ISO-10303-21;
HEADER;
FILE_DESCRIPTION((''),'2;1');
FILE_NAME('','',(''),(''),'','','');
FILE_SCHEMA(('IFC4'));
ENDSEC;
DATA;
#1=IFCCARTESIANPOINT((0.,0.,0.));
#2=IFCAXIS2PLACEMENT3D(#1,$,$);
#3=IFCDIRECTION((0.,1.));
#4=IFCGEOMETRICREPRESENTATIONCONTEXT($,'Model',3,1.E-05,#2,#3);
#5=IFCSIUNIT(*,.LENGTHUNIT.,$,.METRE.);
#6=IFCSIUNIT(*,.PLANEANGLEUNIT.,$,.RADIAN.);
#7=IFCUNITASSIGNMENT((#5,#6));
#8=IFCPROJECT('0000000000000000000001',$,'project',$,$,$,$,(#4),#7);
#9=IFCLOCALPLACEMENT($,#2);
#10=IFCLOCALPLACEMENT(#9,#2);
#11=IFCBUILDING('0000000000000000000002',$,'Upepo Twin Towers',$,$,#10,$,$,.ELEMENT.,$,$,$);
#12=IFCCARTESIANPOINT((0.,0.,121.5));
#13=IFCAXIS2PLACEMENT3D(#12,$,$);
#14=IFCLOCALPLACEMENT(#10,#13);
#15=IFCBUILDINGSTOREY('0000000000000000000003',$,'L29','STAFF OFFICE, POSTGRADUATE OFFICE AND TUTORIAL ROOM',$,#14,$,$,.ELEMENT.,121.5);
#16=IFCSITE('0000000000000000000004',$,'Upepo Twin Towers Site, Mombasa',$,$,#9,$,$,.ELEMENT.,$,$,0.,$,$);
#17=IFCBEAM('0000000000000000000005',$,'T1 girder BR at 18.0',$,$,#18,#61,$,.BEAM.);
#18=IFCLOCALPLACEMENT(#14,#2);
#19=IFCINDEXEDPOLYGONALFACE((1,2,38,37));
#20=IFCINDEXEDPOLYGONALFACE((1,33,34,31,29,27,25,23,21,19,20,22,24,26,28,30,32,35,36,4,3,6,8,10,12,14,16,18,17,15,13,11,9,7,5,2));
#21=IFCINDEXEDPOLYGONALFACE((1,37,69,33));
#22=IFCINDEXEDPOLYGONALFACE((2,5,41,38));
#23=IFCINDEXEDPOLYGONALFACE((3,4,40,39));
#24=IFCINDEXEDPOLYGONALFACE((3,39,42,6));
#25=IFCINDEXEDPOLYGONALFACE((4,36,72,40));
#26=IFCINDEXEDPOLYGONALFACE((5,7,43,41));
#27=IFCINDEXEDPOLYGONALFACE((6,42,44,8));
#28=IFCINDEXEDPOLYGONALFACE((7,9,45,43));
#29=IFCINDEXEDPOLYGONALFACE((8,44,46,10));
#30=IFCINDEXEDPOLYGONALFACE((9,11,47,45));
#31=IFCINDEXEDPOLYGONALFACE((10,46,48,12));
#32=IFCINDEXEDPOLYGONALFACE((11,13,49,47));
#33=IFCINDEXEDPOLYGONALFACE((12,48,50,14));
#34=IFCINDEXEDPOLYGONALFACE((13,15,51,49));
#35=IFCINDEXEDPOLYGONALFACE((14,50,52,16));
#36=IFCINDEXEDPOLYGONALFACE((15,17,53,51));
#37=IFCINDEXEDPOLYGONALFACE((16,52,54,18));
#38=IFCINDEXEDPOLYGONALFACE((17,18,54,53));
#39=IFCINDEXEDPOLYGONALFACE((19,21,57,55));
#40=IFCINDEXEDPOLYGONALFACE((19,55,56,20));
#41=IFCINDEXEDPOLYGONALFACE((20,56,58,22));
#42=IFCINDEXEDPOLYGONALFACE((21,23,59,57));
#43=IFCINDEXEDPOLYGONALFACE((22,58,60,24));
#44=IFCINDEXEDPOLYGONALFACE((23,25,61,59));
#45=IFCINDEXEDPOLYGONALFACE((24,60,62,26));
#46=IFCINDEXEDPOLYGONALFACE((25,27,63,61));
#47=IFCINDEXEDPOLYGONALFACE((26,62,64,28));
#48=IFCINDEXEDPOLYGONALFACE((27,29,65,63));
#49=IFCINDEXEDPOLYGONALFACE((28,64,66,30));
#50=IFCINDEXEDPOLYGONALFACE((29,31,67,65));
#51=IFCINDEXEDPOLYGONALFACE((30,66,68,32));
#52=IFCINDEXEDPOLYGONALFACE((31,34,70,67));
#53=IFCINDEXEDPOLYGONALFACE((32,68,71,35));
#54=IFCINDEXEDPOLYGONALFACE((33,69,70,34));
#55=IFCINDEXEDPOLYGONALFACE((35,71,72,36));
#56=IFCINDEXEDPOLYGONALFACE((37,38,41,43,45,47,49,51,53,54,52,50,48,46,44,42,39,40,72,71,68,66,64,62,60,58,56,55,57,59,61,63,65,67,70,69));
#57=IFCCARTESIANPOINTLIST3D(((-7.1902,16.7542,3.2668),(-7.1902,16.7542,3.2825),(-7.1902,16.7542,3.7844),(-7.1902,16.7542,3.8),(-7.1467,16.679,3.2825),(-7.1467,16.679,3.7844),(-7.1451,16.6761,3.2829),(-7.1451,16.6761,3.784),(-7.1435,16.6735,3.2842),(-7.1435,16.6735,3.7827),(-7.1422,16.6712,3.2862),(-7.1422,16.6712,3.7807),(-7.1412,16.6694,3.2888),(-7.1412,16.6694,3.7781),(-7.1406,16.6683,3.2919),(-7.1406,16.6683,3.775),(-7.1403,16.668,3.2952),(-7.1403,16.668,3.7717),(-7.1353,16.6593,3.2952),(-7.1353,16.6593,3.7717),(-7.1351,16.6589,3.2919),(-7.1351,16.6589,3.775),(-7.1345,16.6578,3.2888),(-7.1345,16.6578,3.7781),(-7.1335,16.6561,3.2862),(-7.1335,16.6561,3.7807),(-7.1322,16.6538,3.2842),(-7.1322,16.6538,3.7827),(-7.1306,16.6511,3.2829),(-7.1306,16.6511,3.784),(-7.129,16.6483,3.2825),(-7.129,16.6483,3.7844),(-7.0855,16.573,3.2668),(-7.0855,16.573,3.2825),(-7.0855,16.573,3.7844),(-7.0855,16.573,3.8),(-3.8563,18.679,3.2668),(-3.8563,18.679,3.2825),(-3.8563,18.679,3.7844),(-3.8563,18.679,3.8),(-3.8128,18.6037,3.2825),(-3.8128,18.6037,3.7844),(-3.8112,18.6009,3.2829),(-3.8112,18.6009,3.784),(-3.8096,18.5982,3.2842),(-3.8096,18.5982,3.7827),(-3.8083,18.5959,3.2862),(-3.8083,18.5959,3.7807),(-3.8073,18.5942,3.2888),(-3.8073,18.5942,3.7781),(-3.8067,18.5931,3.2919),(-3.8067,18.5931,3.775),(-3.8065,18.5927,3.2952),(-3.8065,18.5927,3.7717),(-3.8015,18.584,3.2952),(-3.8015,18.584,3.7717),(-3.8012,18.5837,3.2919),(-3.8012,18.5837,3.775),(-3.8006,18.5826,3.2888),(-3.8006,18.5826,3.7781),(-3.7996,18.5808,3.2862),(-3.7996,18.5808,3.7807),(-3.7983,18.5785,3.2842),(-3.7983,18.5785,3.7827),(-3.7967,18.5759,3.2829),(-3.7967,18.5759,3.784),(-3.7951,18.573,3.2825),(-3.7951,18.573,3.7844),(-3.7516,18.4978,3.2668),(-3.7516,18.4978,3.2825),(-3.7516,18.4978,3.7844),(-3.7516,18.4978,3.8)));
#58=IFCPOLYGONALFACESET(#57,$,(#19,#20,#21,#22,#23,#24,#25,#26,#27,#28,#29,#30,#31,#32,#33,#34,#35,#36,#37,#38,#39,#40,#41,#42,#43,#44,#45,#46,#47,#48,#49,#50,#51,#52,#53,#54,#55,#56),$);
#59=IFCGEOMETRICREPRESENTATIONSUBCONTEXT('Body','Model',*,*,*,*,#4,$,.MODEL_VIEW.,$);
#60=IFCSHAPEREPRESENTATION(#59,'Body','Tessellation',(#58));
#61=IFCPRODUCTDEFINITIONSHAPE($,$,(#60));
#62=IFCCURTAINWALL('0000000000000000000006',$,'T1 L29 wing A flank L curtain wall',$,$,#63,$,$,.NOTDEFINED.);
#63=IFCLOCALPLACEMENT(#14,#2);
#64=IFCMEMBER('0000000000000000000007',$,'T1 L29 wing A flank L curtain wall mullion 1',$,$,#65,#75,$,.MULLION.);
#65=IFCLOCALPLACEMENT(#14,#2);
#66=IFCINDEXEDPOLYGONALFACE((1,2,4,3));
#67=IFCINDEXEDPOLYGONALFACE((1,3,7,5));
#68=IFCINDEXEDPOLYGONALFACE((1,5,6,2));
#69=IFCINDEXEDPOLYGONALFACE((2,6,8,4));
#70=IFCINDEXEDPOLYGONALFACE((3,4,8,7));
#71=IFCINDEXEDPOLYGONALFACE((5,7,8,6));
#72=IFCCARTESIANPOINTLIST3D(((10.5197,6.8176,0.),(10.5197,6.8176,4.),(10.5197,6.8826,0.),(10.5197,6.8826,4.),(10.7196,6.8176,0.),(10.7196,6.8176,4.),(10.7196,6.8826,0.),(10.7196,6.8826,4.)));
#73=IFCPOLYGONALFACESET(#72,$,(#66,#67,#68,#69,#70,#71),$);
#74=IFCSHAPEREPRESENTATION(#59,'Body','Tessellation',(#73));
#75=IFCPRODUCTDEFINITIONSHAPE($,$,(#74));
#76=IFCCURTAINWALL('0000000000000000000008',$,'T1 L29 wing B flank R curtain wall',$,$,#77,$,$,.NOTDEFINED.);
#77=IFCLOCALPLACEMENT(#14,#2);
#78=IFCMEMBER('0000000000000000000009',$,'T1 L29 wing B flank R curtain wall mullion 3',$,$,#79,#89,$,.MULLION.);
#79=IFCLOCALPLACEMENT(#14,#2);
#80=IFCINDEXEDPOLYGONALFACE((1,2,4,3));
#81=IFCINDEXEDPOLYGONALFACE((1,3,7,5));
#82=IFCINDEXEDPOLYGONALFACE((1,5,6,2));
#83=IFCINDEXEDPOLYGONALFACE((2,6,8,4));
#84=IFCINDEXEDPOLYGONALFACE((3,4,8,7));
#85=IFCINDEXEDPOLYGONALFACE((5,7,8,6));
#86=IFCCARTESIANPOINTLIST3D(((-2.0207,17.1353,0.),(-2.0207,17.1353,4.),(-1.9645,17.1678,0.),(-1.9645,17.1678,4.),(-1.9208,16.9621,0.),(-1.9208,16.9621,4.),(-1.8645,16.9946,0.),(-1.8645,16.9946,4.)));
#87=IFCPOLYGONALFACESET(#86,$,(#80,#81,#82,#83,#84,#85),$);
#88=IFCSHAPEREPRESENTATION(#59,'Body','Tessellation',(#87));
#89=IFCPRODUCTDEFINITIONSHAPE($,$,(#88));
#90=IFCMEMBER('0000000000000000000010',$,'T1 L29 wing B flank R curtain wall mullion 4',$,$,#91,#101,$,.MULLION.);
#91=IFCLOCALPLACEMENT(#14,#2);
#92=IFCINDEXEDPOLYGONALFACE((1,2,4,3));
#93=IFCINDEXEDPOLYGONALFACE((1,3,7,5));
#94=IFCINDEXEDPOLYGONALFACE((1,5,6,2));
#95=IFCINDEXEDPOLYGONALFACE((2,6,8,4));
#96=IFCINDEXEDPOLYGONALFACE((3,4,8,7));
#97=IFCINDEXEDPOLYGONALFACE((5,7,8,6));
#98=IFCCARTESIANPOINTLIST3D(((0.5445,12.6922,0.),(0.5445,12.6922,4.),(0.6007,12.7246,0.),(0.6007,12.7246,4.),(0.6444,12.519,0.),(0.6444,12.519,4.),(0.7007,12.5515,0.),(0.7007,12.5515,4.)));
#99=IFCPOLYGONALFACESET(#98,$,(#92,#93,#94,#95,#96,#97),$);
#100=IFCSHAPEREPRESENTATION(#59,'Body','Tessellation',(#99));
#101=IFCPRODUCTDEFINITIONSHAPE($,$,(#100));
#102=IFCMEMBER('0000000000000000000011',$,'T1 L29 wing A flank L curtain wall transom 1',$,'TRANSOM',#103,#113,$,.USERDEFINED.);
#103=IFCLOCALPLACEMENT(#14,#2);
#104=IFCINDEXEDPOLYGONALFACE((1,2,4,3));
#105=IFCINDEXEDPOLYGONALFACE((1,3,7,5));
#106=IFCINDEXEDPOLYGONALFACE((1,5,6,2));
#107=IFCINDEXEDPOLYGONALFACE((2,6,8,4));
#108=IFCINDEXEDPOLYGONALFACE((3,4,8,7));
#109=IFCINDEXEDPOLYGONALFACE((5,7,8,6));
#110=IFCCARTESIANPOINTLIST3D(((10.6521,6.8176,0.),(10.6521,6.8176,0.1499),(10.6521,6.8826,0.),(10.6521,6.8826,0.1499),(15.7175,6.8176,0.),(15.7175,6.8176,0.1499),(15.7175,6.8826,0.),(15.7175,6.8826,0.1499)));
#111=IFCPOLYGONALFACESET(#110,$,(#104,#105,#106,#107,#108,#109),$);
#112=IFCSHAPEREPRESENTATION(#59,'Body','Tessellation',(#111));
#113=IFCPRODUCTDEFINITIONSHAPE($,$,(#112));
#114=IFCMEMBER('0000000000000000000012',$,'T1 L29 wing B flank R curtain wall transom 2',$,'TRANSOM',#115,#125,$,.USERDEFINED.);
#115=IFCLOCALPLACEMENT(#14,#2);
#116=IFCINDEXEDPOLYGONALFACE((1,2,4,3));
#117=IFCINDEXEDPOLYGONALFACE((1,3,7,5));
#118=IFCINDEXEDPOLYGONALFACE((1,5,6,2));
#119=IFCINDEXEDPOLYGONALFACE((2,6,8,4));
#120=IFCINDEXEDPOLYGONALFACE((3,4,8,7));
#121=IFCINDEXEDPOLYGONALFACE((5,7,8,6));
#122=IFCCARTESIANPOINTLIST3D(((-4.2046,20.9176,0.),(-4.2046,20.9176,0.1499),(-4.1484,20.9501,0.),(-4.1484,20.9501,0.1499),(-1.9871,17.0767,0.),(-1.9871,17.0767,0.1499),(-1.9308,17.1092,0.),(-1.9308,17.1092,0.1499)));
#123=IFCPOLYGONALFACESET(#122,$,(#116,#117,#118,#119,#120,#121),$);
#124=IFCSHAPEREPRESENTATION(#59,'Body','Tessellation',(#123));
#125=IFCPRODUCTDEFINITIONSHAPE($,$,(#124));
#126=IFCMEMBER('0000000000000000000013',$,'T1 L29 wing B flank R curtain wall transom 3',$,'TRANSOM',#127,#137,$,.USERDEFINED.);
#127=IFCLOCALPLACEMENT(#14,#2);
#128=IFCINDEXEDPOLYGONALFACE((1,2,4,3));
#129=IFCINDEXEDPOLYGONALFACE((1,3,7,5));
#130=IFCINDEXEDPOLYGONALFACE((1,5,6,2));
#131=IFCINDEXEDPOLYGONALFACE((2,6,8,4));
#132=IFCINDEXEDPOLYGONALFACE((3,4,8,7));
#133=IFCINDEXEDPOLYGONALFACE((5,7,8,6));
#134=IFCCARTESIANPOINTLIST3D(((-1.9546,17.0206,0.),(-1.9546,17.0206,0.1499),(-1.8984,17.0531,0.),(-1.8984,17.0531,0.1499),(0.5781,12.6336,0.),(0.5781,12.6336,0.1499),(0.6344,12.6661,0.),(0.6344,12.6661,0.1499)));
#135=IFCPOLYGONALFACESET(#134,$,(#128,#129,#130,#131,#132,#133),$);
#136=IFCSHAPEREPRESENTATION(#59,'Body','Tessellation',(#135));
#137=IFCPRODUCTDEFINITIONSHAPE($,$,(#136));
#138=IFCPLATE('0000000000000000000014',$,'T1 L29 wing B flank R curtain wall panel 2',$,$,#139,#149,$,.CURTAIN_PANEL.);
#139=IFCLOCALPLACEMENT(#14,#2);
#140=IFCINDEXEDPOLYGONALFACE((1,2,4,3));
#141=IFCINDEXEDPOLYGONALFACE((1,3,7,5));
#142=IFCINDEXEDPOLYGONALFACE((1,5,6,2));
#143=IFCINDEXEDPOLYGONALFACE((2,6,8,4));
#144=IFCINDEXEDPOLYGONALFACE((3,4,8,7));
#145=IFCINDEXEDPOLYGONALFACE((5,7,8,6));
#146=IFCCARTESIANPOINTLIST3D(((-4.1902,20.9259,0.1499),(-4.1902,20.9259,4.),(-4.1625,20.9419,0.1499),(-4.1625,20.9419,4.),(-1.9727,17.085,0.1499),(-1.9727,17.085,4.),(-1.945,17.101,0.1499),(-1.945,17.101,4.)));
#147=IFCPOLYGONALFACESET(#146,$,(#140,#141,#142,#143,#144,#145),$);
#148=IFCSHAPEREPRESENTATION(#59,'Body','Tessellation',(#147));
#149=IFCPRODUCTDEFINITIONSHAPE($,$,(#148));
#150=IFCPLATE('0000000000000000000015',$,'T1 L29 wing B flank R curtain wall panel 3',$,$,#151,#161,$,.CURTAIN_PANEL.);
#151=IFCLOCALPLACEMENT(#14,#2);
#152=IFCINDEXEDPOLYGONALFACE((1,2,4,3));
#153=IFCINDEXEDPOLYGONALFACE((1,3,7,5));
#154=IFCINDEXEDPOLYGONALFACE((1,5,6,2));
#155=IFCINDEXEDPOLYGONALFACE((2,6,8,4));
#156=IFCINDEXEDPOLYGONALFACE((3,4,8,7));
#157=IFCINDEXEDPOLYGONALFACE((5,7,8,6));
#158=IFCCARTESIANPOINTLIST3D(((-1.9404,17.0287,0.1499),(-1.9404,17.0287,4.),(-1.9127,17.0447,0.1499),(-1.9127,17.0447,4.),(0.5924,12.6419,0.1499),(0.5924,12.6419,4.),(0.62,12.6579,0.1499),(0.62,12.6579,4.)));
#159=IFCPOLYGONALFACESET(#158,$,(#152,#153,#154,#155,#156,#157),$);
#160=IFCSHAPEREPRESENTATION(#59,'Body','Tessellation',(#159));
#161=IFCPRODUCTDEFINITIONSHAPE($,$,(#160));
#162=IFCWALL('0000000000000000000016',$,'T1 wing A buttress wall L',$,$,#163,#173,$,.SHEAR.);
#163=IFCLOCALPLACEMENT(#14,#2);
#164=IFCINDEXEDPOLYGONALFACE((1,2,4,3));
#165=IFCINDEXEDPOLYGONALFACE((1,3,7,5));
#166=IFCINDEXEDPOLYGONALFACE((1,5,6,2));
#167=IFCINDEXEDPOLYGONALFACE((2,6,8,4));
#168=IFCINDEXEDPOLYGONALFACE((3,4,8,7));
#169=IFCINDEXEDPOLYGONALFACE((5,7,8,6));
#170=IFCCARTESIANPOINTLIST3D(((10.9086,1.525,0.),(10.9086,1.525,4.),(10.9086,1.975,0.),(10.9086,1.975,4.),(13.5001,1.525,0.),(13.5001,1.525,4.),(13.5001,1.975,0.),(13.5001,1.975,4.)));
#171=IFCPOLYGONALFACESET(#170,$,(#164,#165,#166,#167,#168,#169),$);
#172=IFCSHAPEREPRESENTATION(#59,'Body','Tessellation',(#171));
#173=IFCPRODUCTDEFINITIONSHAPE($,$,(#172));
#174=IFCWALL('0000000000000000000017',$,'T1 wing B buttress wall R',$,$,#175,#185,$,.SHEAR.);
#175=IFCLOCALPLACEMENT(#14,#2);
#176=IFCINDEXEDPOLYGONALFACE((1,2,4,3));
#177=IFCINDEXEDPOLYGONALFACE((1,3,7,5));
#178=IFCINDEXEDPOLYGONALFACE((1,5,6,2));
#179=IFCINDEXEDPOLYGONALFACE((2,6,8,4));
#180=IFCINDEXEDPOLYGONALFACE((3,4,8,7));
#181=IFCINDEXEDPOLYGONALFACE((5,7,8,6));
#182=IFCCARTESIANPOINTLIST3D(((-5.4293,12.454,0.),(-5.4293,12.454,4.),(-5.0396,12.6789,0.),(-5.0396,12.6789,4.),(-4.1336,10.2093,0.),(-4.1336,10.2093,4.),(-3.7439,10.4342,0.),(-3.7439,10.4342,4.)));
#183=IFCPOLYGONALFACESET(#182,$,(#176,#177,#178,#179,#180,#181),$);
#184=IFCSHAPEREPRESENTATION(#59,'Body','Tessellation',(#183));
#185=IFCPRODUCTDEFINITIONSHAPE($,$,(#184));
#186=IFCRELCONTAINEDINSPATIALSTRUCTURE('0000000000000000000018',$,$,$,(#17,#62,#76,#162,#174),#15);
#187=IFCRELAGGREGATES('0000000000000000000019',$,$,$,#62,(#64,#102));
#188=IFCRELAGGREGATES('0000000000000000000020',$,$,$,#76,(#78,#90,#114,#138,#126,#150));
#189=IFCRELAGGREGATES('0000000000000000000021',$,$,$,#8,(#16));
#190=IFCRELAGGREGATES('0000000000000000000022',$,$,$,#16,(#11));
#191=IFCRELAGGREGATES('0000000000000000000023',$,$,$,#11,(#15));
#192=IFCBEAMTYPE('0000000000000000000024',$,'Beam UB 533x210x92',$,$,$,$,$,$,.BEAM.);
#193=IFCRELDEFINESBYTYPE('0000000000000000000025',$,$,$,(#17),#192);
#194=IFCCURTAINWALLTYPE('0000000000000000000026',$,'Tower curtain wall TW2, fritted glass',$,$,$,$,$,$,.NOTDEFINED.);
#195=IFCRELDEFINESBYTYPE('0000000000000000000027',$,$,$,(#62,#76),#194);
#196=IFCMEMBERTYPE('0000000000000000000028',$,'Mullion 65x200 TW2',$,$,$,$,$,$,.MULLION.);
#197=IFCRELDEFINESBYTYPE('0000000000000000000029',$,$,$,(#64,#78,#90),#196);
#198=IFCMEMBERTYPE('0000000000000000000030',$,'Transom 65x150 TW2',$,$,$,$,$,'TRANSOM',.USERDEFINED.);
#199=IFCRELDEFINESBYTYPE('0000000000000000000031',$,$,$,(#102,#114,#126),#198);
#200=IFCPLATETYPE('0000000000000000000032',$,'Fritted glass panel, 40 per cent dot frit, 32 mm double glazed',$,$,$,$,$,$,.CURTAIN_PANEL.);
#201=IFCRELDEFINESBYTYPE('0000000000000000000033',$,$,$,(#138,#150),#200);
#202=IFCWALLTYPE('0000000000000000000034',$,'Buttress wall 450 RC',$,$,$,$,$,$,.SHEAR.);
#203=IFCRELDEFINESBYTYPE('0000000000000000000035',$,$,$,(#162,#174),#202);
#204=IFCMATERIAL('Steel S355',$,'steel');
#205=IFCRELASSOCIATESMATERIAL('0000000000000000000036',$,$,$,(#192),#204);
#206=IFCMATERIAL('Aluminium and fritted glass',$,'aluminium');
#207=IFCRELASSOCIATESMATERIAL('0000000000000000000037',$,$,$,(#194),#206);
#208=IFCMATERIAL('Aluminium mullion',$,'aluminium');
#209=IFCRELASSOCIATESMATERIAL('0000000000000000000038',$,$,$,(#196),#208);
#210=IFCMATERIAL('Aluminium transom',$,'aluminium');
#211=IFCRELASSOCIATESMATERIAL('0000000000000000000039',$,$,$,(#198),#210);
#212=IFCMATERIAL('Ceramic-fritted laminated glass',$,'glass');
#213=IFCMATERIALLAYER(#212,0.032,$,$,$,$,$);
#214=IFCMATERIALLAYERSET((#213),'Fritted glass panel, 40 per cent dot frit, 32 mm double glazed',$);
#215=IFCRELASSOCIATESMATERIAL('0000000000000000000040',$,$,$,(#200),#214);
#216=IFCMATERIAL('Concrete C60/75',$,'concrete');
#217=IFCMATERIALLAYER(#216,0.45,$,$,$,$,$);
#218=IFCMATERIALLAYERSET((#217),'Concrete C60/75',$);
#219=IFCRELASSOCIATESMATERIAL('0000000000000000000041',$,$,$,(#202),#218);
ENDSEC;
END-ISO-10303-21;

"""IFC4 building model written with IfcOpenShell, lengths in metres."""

from ifc_helpers import new_model, si_unit, direction, frame, frame_2d, origin, origin_2d, place, context, subcontext, project, spatial, rectangle, i_section, extrude, material, layer, layer_set, material_profile, profile_set, type_object, element, aggregate, save


model = new_model("IFC4")

# Units and contexts
model_context = context("Model", 3, precision=1e-05, world=origin(), true_north=direction((0.0, 1.0)))
body_context = subcontext(model_context, "Body", "Model", "MODEL_VIEW")
ifc_project = project(units=[si_unit("LENGTHUNIT", "METRE"), si_unit("PLANEANGLEUNIT", "RADIAN")], contexts=[model_context])

# Site, building, storey
site_placement = place(None, origin())
site = spatial("IfcSite", under=ifc_project, at=site_placement, Name="Upepo Twin Towers Site, Mombasa", CompositionType="ELEMENT", RefElevation=0.0)
building_placement = place(site_placement, origin())
building = spatial("IfcBuilding", under=site, at=building_placement, Name="Upepo Twin Towers", CompositionType="ELEMENT")
storey_placement = place(building_placement, frame((0.0, 0.0, 121.5)))
storey = spatial("IfcBuildingStorey", under=building, at=storey_placement, Name="L29", Description="STAFF OFFICE, POSTGRADUATE OFFICE AND TUTORIAL ROOM", CompositionType="ELEMENT", Elevation=121.5)

# Beam
ifc_material_1 = material(Name="Steel S355", Category="steel")
ifc_material_profile_1 = material_profile(ifc_material_1, i_section(OverallWidth=0.2092, OverallDepth=0.5332, WebThickness=0.01, FlangeThickness=0.0156, FilletRadius=0.0127, at=origin_2d()), Name="UB 533x210x92")
ifc_profile_set_1 = profile_set([ifc_material_profile_1], Name="Steel S355")
beam_type_1 = type_object("IfcBeamType", Name="Beam UB 533x210x92", PredefinedType="BEAM", material=ifc_profile_set_1)
beam_1_placement = place(storey_placement, frame((-3.804, 18.5884, 3.5334), z_axis=(-0.866034, -0.499986, 0.0), x_axis=(0.499986, -0.866034, 0.0)))
element("IfcBeam", 1, at=beam_1_placement, inside=storey, type_object=beam_type_1, Name="T1 girder BR at 18.0", PredefinedType="BEAM", context=body_context, shape_type="SweptSolid", body=[
    extrude(i_section(OverallWidth=0.2092, OverallDepth=0.5332, WebThickness=0.01, FlangeThickness=0.0156, FilletRadius=0.0127, at=origin_2d()), origin(), (0.0, 0.0, 1.0), 3.8496),
])

# Curtain wall, member
ifc_material_2 = material(Name="Aluminium and fritted glass", Category="aluminium")
curtain_wall_type = type_object("IfcCurtainWallType", Name="Tower curtain wall TW2, fritted glass", PredefinedType="NOTDEFINED", material=ifc_material_2)
curtain_wall_1_placement = place(storey_placement, origin())
curtain_wall_1 = element("IfcCurtainWall", 2, at=curtain_wall_1_placement, inside=storey, type_object=curtain_wall_type, Name="T1 L29 wing A flank L curtain wall", PredefinedType="NOTDEFINED")
ifc_material_3 = material(Name="Aluminium mullion", Category="aluminium")
ifc_material_profile_2 = material_profile(ifc_material_3, rectangle(XDim=0.0649, YDim=0.2, at=origin_2d()), Name="MULLION 65x200")
ifc_profile_set_2 = profile_set([ifc_material_profile_2], Name="Aluminium mullion")
member_type_1 = type_object("IfcMemberType", Name="Mullion 65x200 TW2", PredefinedType="MULLION", material=ifc_profile_set_2)
member_1_placement = place(storey_placement, frame((10.6196, 6.8501, 0.0), z_axis=(0.0, 0.0, 1.0), x_axis=(0.0, 1.0, 0.0)))
member_1 = element("IfcMember", 3, at=member_1_placement, type_object=member_type_1, Name="T1 L29 wing A flank L curtain wall mullion 1", PredefinedType="MULLION", context=body_context, shape_type="SweptSolid", body=[
    extrude(rectangle(XDim=0.0649, YDim=0.2, at=origin_2d()), origin(), (0.0, 0.0, 1.0), 4.0),
])

# Curtain wall, members
curtain_wall_2_placement = place(storey_placement, origin())
curtain_wall_2 = element("IfcCurtainWall", 4, at=curtain_wall_2_placement, inside=storey, type_object=curtain_wall_type, Name="T1 L29 wing B flank R curtain wall", PredefinedType="NOTDEFINED")
member_2_placement = place(storey_placement, frame((-1.9426, 17.0649, 0.0), z_axis=(0.0, 0.0, 1.0), x_axis=(0.866025, 0.5, 0.0)))
member_2 = element("IfcMember", 5, at=member_2_placement, type_object=member_type_1, Name="T1 L29 wing B flank R curtain wall mullion 3", PredefinedType="MULLION", context=body_context, shape_type="SweptSolid", body=[
    extrude(rectangle(XDim=0.0649, YDim=0.2, at=origin_2d()), origin(), (0.0, 0.0, 1.0), 4.0),
])
member_3_placement = place(storey_placement, frame((0.6226, 12.6218, 0.0), z_axis=(0.0, 0.0, 1.0), x_axis=(0.866025, 0.5, 0.0)))
member_3 = element("IfcMember", 6, at=member_3_placement, type_object=member_type_1, Name="T1 L29 wing B flank R curtain wall mullion 4", PredefinedType="MULLION", context=body_context, shape_type="SweptSolid", body=[
    extrude(rectangle(XDim=0.0649, YDim=0.2, at=origin_2d()), origin(), (0.0, 0.0, 1.0), 4.0),
])

# Members
ifc_material_4 = material(Name="Aluminium transom", Category="aluminium")
ifc_material_profile_3 = material_profile(ifc_material_4, rectangle(XDim=0.0649, YDim=0.1499, at=origin_2d()), Name="TRANSOM 65x150")
ifc_profile_set_3 = profile_set([ifc_material_profile_3], Name="Aluminium transom")
member_type_2 = type_object("IfcMemberType", Name="Transom 65x150 TW2", ElementType="TRANSOM", PredefinedType="USERDEFINED", material=ifc_profile_set_3)
member_4_placement = place(storey_placement, frame((10.6521, 6.8501, 0.075), z_axis=(1.0, 0.0, 0.0), x_axis=(0.0, 1.0, 0.0)))
member_4 = element("IfcMember", 7, at=member_4_placement, type_object=member_type_2, Name="T1 L29 wing A flank L curtain wall transom 1", ObjectType="TRANSOM", PredefinedType="USERDEFINED", context=body_context, shape_type="SweptSolid", body=[
    extrude(rectangle(XDim=0.0649, YDim=0.1499, at=origin_2d()), origin(), (0.0, 0.0, 1.0), 5.0654),
])
aggregate(curtain_wall_1, [member_1, member_4])
member_5_placement = place(storey_placement, frame((-4.1765, 20.9338, 0.075), z_axis=(0.500005, -0.866022, 0.0), x_axis=(0.866022, 0.500005, 0.0)))
member_5 = element("IfcMember", 8, at=member_5_placement, type_object=member_type_2, Name="T1 L29 wing B flank R curtain wall transom 2", ObjectType="TRANSOM", PredefinedType="USERDEFINED", context=body_context, shape_type="SweptSolid", body=[
    extrude(rectangle(XDim=0.0649, YDim=0.1499, at=origin_2d()), origin(), (0.0, 0.0, 1.0), 4.4351),
])
member_6_placement = place(storey_placement, frame((-1.9265, 17.0369, 0.075), z_axis=(0.499985, -0.866034, 0.0), x_axis=(0.866034, 0.499985, 0.0)))
member_6 = element("IfcMember", 9, at=member_6_placement, type_object=member_type_2, Name="T1 L29 wing B flank R curtain wall transom 3", ObjectType="TRANSOM", PredefinedType="USERDEFINED", context=body_context, shape_type="SweptSolid", body=[
    extrude(rectangle(XDim=0.0649, YDim=0.1499, at=origin_2d()), origin(), (0.0, 0.0, 1.0), 5.0657),
])

# Plates
ifc_material_5 = material(Name="Ceramic-fritted laminated glass", Category="glass")
ifc_layer_1 = layer(ifc_material_5, 0.032)
ifc_layer_set_1 = layer_set([ifc_layer_1], Name="Fritted glass panel, 40 per cent dot frit, 32 mm double glazed")
plate_type = type_object("IfcPlateType", Name="Fritted glass panel, 40 per cent dot frit, 32 mm double glazed", PredefinedType="CURTAIN_PANEL", material=ifc_layer_set_1)
plate_1_placement = place(storey_placement, frame((-3.0676, 19.0134, 0.1499), z_axis=(0.0, 0.0, 1.0), x_axis=(0.5, -0.866025, 0.0)))
plate_1 = element("IfcPlate", 10, at=plate_1_placement, type_object=plate_type, Name="T1 L29 wing B flank R curtain wall panel 2", PredefinedType="CURTAIN_PANEL", context=body_context, shape_type="SweptSolid", body=[
    extrude(rectangle(XDim=4.4351, YDim=0.032, at=origin_2d()), origin(), (0.0, 0.0, 1.0), 3.8501),
])
plate_2_placement = place(storey_placement, frame((-0.6602, 14.8433, 0.1499), z_axis=(0.0, 0.0, 1.0), x_axis=(0.5, -0.866025, 0.0)))
plate_2 = element("IfcPlate", 11, at=plate_2_placement, type_object=plate_type, Name="T1 L29 wing B flank R curtain wall panel 3", PredefinedType="CURTAIN_PANEL", context=body_context, shape_type="SweptSolid", body=[
    extrude(rectangle(XDim=5.0654, YDim=0.032, at=origin_2d()), origin(), (0.0, 0.0, 1.0), 3.8501),
])
aggregate(curtain_wall_2, [member_2, member_3, member_5, plate_1, member_6, plate_2])

# Walls
ifc_material_6 = material(Name="Concrete C60/75", Category="concrete")
ifc_layer_2 = layer(ifc_material_6, 0.45)
ifc_layer_set_2 = layer_set([ifc_layer_2], Name="Concrete C60/75")
wall_type_1 = type_object("IfcWallType", Name="Buttress wall 450 RC", PredefinedType="SHEAR", material=ifc_layer_set_2)
wall_1_placement = place(storey_placement, frame((10.9084, 1.75, 0.0), z_axis=(0.0, 0.0, 1.0), x_axis=(1.0, 0.0, 0.0)))
element("IfcWall", 12, at=wall_1_placement, inside=storey, type_object=wall_type_1, Name="T1 wing A buttress wall L", PredefinedType="SHEAR", context=body_context, shape_type="SweptSolid", body=[
    extrude(rectangle(XDim=2.5916, YDim=0.45, at=frame_2d((1.2959, 0.0))), origin(), (0.0, 0.0, 1.0), 4.0),
])
wall_2_placement = place(storey_placement, frame((-3.9387, 10.3218, 0.0), z_axis=(0.0, 0.0, 1.0), x_axis=(-0.499918, 0.866073, 0.0)))
element("IfcWall", 13, at=wall_2_placement, inside=storey, type_object=wall_type_1, Name="T1 wing B buttress wall R", PredefinedType="SHEAR", context=body_context, shape_type="SweptSolid", body=[
    extrude(rectangle(XDim=2.5918, YDim=0.45, at=frame_2d((1.2959, 0.0))), origin(), (0.0, 0.0, 1.0), 4.0),
])

save(model, "model.ifc")
